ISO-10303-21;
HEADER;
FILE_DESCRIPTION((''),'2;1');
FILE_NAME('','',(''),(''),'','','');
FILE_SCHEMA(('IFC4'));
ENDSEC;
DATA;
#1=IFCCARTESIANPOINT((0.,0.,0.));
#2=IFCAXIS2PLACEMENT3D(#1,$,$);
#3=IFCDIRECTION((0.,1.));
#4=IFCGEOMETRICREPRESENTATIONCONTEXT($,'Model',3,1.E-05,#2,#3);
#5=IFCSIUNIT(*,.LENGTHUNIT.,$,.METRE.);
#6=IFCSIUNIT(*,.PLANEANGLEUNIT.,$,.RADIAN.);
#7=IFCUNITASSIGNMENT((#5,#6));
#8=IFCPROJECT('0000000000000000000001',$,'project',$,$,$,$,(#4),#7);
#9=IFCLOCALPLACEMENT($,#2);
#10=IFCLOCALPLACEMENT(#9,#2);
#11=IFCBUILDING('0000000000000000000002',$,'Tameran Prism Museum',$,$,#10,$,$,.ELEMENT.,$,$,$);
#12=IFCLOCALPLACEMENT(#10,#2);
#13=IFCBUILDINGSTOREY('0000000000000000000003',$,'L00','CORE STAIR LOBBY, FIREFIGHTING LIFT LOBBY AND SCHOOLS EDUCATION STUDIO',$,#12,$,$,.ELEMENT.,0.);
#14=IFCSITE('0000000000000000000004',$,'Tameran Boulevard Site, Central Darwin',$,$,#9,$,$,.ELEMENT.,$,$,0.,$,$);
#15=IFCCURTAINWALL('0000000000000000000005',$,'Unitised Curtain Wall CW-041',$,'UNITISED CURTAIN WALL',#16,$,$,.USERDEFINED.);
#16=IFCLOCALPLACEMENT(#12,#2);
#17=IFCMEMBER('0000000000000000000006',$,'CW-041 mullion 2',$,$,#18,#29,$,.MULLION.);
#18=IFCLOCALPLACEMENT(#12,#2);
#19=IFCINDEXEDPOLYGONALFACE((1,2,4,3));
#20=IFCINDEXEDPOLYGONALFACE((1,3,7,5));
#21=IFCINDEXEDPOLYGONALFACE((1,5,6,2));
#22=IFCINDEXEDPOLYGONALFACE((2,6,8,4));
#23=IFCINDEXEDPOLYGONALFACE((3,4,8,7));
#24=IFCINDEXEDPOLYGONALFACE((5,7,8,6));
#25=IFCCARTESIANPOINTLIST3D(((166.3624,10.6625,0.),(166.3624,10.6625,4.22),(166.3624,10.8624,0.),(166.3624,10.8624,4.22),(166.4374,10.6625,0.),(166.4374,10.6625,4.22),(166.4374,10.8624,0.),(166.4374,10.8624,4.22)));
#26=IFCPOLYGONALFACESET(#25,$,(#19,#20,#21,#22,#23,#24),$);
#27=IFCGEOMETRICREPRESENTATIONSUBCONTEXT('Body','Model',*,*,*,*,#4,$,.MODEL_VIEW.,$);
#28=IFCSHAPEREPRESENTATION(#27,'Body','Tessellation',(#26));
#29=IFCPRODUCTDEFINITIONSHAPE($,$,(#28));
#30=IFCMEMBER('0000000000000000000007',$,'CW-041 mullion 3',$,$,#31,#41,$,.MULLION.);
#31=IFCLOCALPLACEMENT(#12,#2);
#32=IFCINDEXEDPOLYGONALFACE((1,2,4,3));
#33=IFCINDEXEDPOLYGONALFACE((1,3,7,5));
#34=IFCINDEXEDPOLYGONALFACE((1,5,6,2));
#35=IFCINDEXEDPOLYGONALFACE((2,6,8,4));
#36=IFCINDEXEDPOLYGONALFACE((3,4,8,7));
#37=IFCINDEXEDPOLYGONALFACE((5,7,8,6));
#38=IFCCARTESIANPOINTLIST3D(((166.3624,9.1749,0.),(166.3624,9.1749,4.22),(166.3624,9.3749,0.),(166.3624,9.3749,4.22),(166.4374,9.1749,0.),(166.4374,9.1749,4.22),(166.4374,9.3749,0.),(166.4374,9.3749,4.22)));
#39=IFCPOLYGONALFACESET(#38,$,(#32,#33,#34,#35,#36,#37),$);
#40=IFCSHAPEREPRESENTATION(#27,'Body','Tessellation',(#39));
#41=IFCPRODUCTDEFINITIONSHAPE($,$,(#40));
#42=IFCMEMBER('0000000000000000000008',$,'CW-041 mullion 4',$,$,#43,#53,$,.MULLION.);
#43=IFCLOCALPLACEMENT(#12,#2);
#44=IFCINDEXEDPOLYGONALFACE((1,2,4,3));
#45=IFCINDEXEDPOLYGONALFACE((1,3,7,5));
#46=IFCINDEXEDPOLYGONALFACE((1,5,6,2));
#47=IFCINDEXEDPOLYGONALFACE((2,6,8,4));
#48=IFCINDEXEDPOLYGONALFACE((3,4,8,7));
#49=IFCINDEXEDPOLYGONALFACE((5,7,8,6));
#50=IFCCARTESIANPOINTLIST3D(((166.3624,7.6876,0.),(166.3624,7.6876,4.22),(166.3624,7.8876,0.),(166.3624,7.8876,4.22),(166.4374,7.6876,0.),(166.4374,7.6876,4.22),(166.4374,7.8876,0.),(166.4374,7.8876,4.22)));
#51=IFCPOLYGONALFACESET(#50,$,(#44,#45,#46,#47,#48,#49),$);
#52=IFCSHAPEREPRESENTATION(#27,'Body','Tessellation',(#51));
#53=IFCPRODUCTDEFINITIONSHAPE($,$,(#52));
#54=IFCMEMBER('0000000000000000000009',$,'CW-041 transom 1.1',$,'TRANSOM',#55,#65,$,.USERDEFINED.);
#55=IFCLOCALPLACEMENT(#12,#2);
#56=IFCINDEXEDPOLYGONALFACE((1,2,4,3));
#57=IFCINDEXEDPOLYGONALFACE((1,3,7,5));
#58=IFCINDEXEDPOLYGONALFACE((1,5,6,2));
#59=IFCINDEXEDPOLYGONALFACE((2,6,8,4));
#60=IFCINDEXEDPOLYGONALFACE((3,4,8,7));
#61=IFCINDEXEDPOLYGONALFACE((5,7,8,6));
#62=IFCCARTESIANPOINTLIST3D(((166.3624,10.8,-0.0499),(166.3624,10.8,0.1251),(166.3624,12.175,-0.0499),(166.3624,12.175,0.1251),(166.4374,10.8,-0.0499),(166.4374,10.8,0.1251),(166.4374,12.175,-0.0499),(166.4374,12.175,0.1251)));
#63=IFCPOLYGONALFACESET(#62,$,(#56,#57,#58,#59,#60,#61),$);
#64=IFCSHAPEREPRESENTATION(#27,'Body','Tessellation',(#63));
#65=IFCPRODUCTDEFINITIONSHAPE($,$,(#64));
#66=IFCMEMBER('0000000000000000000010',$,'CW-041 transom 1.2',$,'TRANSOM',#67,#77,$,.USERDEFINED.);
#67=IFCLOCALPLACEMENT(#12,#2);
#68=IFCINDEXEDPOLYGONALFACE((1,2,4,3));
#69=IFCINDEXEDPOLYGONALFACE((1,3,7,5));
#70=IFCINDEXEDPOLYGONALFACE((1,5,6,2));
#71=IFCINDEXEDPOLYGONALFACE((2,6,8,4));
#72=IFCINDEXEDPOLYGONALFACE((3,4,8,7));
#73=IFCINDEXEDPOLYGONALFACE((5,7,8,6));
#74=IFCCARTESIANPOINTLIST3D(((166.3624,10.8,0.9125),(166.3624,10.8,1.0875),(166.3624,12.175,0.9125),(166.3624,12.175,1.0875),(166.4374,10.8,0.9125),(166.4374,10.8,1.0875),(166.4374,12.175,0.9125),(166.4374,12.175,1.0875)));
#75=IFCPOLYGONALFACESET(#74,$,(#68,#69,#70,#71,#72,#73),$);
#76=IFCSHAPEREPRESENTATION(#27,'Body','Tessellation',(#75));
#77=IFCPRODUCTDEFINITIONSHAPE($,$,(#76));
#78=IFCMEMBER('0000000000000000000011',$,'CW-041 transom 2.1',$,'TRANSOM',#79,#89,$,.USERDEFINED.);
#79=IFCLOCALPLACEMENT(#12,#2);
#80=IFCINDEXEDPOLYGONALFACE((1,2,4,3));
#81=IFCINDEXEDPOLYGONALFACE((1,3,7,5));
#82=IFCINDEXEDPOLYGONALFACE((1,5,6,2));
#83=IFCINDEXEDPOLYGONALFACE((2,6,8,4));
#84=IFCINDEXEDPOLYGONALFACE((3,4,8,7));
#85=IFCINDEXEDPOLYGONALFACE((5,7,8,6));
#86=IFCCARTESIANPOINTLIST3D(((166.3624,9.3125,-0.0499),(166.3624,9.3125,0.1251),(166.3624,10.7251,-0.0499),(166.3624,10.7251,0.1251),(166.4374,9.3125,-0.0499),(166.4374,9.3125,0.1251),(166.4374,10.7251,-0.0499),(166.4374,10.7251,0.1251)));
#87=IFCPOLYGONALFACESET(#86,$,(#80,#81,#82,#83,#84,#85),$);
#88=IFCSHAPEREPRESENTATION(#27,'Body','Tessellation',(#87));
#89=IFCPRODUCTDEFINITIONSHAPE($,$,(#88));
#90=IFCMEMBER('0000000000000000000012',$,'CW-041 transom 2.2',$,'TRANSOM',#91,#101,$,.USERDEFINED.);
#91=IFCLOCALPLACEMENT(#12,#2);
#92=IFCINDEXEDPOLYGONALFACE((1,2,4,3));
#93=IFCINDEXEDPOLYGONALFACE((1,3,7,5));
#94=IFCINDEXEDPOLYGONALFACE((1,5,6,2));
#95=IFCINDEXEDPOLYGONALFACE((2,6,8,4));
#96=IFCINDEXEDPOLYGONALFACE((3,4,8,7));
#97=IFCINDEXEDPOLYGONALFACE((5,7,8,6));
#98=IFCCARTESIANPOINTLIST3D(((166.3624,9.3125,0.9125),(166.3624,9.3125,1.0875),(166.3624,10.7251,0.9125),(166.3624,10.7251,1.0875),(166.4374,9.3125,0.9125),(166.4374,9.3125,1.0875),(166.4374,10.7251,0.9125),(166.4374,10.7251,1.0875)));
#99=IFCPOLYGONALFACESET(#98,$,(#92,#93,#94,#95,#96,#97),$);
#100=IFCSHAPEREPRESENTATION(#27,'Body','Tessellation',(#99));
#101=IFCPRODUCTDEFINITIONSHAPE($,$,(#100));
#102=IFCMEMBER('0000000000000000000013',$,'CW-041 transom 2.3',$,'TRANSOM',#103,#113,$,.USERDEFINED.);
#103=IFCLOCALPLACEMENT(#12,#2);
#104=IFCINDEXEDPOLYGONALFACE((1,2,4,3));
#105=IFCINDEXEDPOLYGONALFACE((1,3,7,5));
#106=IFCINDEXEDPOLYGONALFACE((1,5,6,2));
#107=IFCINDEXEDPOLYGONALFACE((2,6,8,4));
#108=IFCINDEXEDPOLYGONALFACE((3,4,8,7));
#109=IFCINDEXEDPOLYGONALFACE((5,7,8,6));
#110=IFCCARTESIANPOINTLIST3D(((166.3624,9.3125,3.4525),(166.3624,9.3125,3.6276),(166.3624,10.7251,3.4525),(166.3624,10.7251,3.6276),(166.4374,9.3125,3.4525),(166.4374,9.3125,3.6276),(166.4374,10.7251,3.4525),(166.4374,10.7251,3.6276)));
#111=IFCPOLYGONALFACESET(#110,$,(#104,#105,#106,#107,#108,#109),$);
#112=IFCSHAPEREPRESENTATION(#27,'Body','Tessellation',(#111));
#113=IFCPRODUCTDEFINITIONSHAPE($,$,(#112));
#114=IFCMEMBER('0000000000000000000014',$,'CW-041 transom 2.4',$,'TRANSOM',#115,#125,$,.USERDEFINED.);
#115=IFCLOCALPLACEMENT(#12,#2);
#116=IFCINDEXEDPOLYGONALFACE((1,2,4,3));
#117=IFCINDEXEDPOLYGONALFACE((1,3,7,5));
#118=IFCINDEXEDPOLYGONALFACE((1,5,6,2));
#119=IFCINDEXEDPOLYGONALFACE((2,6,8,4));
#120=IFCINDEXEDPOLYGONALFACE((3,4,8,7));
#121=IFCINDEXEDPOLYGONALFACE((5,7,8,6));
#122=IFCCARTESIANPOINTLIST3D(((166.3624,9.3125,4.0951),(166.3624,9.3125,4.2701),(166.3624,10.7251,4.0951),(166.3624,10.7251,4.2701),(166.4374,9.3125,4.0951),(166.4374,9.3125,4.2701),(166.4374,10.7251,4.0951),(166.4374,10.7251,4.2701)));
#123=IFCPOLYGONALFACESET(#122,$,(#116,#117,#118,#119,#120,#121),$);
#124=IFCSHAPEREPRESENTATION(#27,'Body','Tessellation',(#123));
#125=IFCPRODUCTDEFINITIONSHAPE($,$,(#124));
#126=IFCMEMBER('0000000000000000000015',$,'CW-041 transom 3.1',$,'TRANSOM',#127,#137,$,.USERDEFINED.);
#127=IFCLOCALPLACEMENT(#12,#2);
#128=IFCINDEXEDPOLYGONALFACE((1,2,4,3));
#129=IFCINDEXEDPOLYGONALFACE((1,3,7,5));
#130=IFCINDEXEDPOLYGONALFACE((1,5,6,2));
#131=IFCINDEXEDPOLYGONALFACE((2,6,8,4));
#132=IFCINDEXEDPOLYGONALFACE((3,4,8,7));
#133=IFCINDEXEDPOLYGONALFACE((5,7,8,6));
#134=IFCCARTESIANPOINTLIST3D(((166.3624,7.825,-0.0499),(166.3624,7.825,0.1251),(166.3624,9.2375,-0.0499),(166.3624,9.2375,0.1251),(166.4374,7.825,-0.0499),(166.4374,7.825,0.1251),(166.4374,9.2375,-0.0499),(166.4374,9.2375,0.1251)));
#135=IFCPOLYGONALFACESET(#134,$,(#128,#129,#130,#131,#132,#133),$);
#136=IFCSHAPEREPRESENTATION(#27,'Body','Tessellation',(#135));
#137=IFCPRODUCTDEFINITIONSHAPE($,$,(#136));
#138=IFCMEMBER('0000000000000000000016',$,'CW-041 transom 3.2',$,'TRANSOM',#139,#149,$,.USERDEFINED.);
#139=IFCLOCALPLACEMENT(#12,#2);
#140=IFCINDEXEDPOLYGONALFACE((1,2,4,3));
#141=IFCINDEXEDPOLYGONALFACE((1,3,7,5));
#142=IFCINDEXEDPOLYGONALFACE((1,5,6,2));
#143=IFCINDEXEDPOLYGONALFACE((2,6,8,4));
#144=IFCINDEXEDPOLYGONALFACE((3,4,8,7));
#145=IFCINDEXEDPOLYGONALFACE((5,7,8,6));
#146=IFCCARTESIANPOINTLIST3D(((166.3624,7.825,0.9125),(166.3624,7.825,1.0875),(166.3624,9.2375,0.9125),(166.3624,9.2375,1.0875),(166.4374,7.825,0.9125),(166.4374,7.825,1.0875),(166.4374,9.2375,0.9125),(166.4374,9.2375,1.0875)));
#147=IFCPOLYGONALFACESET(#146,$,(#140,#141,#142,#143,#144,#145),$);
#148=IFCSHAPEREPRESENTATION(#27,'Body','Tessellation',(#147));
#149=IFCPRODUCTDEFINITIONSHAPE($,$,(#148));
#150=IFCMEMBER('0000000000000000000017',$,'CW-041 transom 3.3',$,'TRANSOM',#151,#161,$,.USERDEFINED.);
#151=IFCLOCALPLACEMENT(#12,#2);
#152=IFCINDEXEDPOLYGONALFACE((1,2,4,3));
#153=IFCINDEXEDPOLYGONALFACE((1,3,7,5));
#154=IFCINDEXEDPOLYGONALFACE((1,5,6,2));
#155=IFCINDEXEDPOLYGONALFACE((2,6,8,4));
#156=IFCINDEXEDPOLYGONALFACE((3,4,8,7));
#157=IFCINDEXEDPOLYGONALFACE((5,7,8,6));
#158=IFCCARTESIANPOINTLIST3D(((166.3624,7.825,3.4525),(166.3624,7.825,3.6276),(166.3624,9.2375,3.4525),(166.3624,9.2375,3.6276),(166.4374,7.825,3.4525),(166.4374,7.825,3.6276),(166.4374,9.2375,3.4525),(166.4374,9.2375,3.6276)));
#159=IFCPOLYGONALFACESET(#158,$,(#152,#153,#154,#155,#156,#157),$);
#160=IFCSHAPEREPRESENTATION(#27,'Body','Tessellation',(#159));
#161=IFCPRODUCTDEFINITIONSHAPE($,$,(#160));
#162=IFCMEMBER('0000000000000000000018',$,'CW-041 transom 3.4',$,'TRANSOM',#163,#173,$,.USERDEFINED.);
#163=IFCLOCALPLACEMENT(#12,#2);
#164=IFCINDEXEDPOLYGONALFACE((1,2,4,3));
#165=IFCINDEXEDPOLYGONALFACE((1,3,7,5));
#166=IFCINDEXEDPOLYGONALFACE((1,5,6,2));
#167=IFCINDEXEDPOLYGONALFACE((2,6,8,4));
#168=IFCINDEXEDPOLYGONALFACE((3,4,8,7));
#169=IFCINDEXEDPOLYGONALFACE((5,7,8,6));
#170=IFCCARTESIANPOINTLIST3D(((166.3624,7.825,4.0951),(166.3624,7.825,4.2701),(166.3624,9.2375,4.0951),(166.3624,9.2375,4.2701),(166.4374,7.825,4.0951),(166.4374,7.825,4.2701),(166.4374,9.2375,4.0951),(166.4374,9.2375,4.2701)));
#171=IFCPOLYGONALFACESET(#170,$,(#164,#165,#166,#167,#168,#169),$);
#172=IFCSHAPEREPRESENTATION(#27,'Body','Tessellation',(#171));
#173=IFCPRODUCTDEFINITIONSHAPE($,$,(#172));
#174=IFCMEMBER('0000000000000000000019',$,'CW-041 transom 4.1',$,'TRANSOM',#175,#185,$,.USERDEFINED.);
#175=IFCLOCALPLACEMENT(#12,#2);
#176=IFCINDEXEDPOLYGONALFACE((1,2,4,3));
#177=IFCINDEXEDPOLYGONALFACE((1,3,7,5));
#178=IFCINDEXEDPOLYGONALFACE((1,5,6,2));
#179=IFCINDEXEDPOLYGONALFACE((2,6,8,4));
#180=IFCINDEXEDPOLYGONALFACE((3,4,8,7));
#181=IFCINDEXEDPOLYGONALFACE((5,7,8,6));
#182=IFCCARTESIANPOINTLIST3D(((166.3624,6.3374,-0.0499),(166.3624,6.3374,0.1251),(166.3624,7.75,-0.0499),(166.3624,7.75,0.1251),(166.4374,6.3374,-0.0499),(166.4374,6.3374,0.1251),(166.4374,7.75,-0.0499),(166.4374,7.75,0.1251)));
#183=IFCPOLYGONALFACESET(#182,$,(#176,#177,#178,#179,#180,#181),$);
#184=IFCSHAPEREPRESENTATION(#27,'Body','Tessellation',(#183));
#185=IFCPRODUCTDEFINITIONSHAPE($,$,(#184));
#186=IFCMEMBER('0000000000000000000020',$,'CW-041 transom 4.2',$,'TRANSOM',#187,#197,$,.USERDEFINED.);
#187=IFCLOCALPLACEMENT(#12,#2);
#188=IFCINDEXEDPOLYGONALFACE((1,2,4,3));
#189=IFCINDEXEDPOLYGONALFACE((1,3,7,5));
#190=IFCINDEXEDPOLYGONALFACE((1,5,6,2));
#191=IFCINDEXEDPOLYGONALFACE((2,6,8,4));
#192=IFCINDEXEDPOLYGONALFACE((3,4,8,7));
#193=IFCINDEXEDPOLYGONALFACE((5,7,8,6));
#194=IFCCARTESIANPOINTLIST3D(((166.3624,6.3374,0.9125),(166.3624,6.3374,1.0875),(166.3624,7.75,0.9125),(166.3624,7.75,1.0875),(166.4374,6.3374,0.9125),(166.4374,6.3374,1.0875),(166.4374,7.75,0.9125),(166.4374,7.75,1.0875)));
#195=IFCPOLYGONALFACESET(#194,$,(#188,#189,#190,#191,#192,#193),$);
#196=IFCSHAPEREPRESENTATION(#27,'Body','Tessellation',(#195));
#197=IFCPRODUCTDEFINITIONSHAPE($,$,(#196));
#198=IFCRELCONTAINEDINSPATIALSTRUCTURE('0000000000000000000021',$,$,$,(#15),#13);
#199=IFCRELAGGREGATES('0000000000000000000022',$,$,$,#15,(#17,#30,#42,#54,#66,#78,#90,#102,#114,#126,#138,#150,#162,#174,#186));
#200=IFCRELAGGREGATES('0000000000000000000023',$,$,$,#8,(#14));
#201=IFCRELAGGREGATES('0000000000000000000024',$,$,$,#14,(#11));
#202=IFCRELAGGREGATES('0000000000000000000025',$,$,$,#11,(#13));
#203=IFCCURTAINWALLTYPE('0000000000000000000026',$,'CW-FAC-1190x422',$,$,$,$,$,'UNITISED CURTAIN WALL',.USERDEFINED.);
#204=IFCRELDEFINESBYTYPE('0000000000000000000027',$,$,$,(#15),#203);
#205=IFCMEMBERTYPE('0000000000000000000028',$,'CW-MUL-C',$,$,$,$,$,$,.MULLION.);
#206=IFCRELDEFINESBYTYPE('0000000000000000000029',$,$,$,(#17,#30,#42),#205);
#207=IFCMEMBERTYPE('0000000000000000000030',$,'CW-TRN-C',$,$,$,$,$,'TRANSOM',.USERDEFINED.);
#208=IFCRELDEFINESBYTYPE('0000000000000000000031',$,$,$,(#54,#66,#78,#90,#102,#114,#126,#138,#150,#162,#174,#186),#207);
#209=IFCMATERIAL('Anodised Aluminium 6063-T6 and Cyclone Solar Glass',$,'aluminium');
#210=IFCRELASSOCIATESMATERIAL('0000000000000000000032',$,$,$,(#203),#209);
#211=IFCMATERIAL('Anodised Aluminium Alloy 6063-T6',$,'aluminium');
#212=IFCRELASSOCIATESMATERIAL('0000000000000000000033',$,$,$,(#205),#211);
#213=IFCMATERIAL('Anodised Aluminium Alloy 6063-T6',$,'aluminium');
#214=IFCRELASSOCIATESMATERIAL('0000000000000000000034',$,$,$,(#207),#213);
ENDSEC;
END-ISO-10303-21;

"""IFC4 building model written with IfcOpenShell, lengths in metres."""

from ifc_helpers import new_model, si_unit, direction, frame, origin, origin_2d, place, context, subcontext, project, spatial, rectangle, extrude, material, material_profile, profile_set, type_object, element, aggregate, save


model = new_model("IFC4")

# Units and contexts
model_context = context("Model", 3, precision=1e-05, world=origin(), true_north=direction((0.0, 1.0)))
body_context = subcontext(model_context, "Body", "Model", "MODEL_VIEW")
ifc_project = project(units=[si_unit("LENGTHUNIT", "METRE"), si_unit("PLANEANGLEUNIT", "RADIAN")], contexts=[model_context])

# Site, building, storey
site_placement = place(None, origin())
site = spatial("IfcSite", under=ifc_project, at=site_placement, Name="Tameran Boulevard Site, Central Darwin", CompositionType="ELEMENT", RefElevation=0.0)
building_placement = place(site_placement, origin())
building = spatial("IfcBuilding", under=site, at=building_placement, Name="Tameran Prism Museum", CompositionType="ELEMENT")
storey_placement = place(building_placement, origin())
storey = spatial("IfcBuildingStorey", under=building, at=storey_placement, Name="L00", Description="CORE STAIR LOBBY, FIREFIGHTING LIFT LOBBY AND SCHOOLS EDUCATION STUDIO", CompositionType="ELEMENT", Elevation=0.0)

# Curtain wall, members
ifc_material_1 = material(Name="Anodised Aluminium 6063-T6 and Cyclone Solar Glass", Category="aluminium")
curtain_wall_type = type_object("IfcCurtainWallType", Name="CW-FAC-1190x422", ElementType="UNITISED CURTAIN WALL", PredefinedType="USERDEFINED", material=ifc_material_1)
curtain_wall_placement = place(storey_placement, origin())
curtain_wall = element("IfcCurtainWall", 1, at=curtain_wall_placement, inside=storey, type_object=curtain_wall_type, Name="Unitised Curtain Wall CW-041", ObjectType="UNITISED CURTAIN WALL", PredefinedType="USERDEFINED")
ifc_material_2 = material(Name="Anodised Aluminium Alloy 6063-T6", Category="aluminium")
ifc_material_profile_1 = material_profile(ifc_material_2, rectangle(XDim=0.075, YDim=0.2, at=origin_2d()))
ifc_profile_set_1 = profile_set([ifc_material_profile_1])
member_type_1 = type_object("IfcMemberType", Name="CW-MUL-C", PredefinedType="MULLION", material=ifc_profile_set_1)
member_1_placement = place(storey_placement, frame((166.3999, 10.7625, 0.0), z_axis=(0.0, 0.0, 1.0), x_axis=(1.0, 0.0, 0.0)))
member_1 = element("IfcMember", 2, at=member_1_placement, type_object=member_type_1, Name="CW-041 mullion 2", PredefinedType="MULLION", context=body_context, shape_type="SweptSolid", body=[
    extrude(rectangle(XDim=0.075, YDim=0.2, at=origin_2d()), origin(), (0.0, 0.0, 1.0), 4.22),
])
member_2_placement = place(storey_placement, frame((166.3999, 9.2749, 0.0), z_axis=(0.0, 0.0, 1.0), x_axis=(1.0, 0.0, 0.0)))
member_2 = element("IfcMember", 3, at=member_2_placement, type_object=member_type_1, Name="CW-041 mullion 3", PredefinedType="MULLION", context=body_context, shape_type="SweptSolid", body=[
    extrude(rectangle(XDim=0.075, YDim=0.2, at=origin_2d()), origin(), (0.0, 0.0, 1.0), 4.22),
])
member_3_placement = place(storey_placement, frame((166.3999, 7.7876, 0.0), z_axis=(0.0, 0.0, 1.0), x_axis=(1.0, 0.0, 0.0)))
member_3 = element("IfcMember", 4, at=member_3_placement, type_object=member_type_1, Name="CW-041 mullion 4", PredefinedType="MULLION", context=body_context, shape_type="SweptSolid", body=[
    extrude(rectangle(XDim=0.075, YDim=0.2, at=origin_2d()), origin(), (0.0, 0.0, 1.0), 4.22),
])
ifc_material_3 = material(Name="Anodised Aluminium Alloy 6063-T6", Category="aluminium")
ifc_material_profile_2 = material_profile(ifc_material_3, rectangle(XDim=0.075, YDim=0.175, at=origin_2d()))
ifc_profile_set_2 = profile_set([ifc_material_profile_2])
member_type_2 = type_object("IfcMemberType", Name="CW-TRN-C", ElementType="TRANSOM", PredefinedType="USERDEFINED", material=ifc_profile_set_2)
member_4_placement = place(storey_placement, frame((166.3999, 12.175, 0.0376), z_axis=(0.0, -1.0, 0.0), x_axis=(1.0, 0.0, 0.0)))
member_4 = element("IfcMember", 5, at=member_4_placement, type_object=member_type_2, Name="CW-041 transom 1.1", ObjectType="TRANSOM", PredefinedType="USERDEFINED", context=body_context, shape_type="SweptSolid", body=[
    extrude(rectangle(XDim=0.075, YDim=0.175, at=origin_2d()), origin(), (0.0, 0.0, 1.0), 1.375),
])
member_5_placement = place(storey_placement, frame((166.3999, 12.175, 1.0), z_axis=(0.0, -1.0, 0.0), x_axis=(1.0, 0.0, 0.0)))
member_5 = element("IfcMember", 6, at=member_5_placement, type_object=member_type_2, Name="CW-041 transom 1.2", ObjectType="TRANSOM", PredefinedType="USERDEFINED", context=body_context, shape_type="SweptSolid", body=[
    extrude(rectangle(XDim=0.075, YDim=0.175, at=origin_2d()), origin(), (0.0, 0.0, 1.0), 1.375),
])
member_6_placement = place(storey_placement, frame((166.3999, 10.7251, 0.0376), z_axis=(0.0, -1.0, 0.0), x_axis=(1.0, 0.0, 0.0)))
member_6 = element("IfcMember", 7, at=member_6_placement, type_object=member_type_2, Name="CW-041 transom 2.1", ObjectType="TRANSOM", PredefinedType="USERDEFINED", context=body_context, shape_type="SweptSolid", body=[
    extrude(rectangle(XDim=0.075, YDim=0.175, at=origin_2d()), origin(), (0.0, 0.0, 1.0), 1.4126),
])
member_7_placement = place(storey_placement, frame((166.3999, 10.7251, 1.0), z_axis=(0.0, -1.0, 0.0), x_axis=(1.0, 0.0, 0.0)))
member_7 = element("IfcMember", 8, at=member_7_placement, type_object=member_type_2, Name="CW-041 transom 2.2", ObjectType="TRANSOM", PredefinedType="USERDEFINED", context=body_context, shape_type="SweptSolid", body=[
    extrude(rectangle(XDim=0.075, YDim=0.175, at=origin_2d()), origin(), (0.0, 0.0, 1.0), 1.4126),
])
member_8_placement = place(storey_placement, frame((166.3999, 10.7251, 3.54), z_axis=(0.0, -1.0, 0.0), x_axis=(1.0, 0.0, 0.0)))
member_8 = element("IfcMember", 9, at=member_8_placement, type_object=member_type_2, Name="CW-041 transom 2.3", ObjectType="TRANSOM", PredefinedType="USERDEFINED", context=body_context, shape_type="SweptSolid", body=[
    extrude(rectangle(XDim=0.075, YDim=0.175, at=origin_2d()), origin(), (0.0, 0.0, 1.0), 1.4126),
])
member_9_placement = place(storey_placement, frame((166.3999, 10.7251, 4.1826), z_axis=(0.0, -1.0, 0.0), x_axis=(1.0, 0.0, 0.0)))
member_9 = element("IfcMember", 10, at=member_9_placement, type_object=member_type_2, Name="CW-041 transom 2.4", ObjectType="TRANSOM", PredefinedType="USERDEFINED", context=body_context, shape_type="SweptSolid", body=[
    extrude(rectangle(XDim=0.075, YDim=0.175, at=origin_2d()), origin(), (0.0, 0.0, 1.0), 1.4126),
])
member_10_placement = place(storey_placement, frame((166.3999, 9.2375, 0.0376), z_axis=(0.0, -1.0, 0.0), x_axis=(1.0, 0.0, 0.0)))
member_10 = element("IfcMember", 11, at=member_10_placement, type_object=member_type_2, Name="CW-041 transom 3.1", ObjectType="TRANSOM", PredefinedType="USERDEFINED", context=body_context, shape_type="SweptSolid", body=[
    extrude(rectangle(XDim=0.075, YDim=0.175, at=origin_2d()), origin(), (0.0, 0.0, 1.0), 1.4126),
])
member_11_placement = place(storey_placement, frame((166.3999, 9.2375, 1.0), z_axis=(0.0, -1.0, 0.0), x_axis=(1.0, 0.0, 0.0)))
member_11 = element("IfcMember", 12, at=member_11_placement, type_object=member_type_2, Name="CW-041 transom 3.2", ObjectType="TRANSOM", PredefinedType="USERDEFINED", context=body_context, shape_type="SweptSolid", body=[
    extrude(rectangle(XDim=0.075, YDim=0.175, at=origin_2d()), origin(), (0.0, 0.0, 1.0), 1.4126),
])
member_12_placement = place(storey_placement, frame((166.3999, 9.2375, 3.54), z_axis=(0.0, -1.0, 0.0), x_axis=(1.0, 0.0, 0.0)))
member_12 = element("IfcMember", 13, at=member_12_placement, type_object=member_type_2, Name="CW-041 transom 3.3", ObjectType="TRANSOM", PredefinedType="USERDEFINED", context=body_context, shape_type="SweptSolid", body=[
    extrude(rectangle(XDim=0.075, YDim=0.175, at=origin_2d()), origin(), (0.0, 0.0, 1.0), 1.4126),
])
member_13_placement = place(storey_placement, frame((166.3999, 9.2375, 4.1826), z_axis=(0.0, -1.0, 0.0), x_axis=(1.0, 0.0, 0.0)))
member_13 = element("IfcMember", 14, at=member_13_placement, type_object=member_type_2, Name="CW-041 transom 3.4", ObjectType="TRANSOM", PredefinedType="USERDEFINED", context=body_context, shape_type="SweptSolid", body=[
    extrude(rectangle(XDim=0.075, YDim=0.175, at=origin_2d()), origin(), (0.0, 0.0, 1.0), 1.4126),
])
member_14_placement = place(storey_placement, frame((166.3999, 7.75, 0.0376), z_axis=(0.0, -1.0, 0.0), x_axis=(1.0, 0.0, 0.0)))
member_14 = element("IfcMember", 15, at=member_14_placement, type_object=member_type_2, Name="CW-041 transom 4.1", ObjectType="TRANSOM", PredefinedType="USERDEFINED", context=body_context, shape_type="SweptSolid", body=[
    extrude(rectangle(XDim=0.075, YDim=0.175, at=origin_2d()), origin(), (0.0, 0.0, 1.0), 1.4126),
])
member_15_placement = place(storey_placement, frame((166.3999, 7.75, 1.0), z_axis=(0.0, -1.0, 0.0), x_axis=(1.0, 0.0, 0.0)))
member_15 = element("IfcMember", 16, at=member_15_placement, type_object=member_type_2, Name="CW-041 transom 4.2", ObjectType="TRANSOM", PredefinedType="USERDEFINED", context=body_context, shape_type="SweptSolid", body=[
    extrude(rectangle(XDim=0.075, YDim=0.175, at=origin_2d()), origin(), (0.0, 0.0, 1.0), 1.4126),
])
aggregate(curtain_wall, [member_1, member_2, member_3, member_4, member_5, member_6, member_7, member_8, member_9, member_10, member_11, member_12, member_13, member_14, member_15])

save(model, "model.ifc")
